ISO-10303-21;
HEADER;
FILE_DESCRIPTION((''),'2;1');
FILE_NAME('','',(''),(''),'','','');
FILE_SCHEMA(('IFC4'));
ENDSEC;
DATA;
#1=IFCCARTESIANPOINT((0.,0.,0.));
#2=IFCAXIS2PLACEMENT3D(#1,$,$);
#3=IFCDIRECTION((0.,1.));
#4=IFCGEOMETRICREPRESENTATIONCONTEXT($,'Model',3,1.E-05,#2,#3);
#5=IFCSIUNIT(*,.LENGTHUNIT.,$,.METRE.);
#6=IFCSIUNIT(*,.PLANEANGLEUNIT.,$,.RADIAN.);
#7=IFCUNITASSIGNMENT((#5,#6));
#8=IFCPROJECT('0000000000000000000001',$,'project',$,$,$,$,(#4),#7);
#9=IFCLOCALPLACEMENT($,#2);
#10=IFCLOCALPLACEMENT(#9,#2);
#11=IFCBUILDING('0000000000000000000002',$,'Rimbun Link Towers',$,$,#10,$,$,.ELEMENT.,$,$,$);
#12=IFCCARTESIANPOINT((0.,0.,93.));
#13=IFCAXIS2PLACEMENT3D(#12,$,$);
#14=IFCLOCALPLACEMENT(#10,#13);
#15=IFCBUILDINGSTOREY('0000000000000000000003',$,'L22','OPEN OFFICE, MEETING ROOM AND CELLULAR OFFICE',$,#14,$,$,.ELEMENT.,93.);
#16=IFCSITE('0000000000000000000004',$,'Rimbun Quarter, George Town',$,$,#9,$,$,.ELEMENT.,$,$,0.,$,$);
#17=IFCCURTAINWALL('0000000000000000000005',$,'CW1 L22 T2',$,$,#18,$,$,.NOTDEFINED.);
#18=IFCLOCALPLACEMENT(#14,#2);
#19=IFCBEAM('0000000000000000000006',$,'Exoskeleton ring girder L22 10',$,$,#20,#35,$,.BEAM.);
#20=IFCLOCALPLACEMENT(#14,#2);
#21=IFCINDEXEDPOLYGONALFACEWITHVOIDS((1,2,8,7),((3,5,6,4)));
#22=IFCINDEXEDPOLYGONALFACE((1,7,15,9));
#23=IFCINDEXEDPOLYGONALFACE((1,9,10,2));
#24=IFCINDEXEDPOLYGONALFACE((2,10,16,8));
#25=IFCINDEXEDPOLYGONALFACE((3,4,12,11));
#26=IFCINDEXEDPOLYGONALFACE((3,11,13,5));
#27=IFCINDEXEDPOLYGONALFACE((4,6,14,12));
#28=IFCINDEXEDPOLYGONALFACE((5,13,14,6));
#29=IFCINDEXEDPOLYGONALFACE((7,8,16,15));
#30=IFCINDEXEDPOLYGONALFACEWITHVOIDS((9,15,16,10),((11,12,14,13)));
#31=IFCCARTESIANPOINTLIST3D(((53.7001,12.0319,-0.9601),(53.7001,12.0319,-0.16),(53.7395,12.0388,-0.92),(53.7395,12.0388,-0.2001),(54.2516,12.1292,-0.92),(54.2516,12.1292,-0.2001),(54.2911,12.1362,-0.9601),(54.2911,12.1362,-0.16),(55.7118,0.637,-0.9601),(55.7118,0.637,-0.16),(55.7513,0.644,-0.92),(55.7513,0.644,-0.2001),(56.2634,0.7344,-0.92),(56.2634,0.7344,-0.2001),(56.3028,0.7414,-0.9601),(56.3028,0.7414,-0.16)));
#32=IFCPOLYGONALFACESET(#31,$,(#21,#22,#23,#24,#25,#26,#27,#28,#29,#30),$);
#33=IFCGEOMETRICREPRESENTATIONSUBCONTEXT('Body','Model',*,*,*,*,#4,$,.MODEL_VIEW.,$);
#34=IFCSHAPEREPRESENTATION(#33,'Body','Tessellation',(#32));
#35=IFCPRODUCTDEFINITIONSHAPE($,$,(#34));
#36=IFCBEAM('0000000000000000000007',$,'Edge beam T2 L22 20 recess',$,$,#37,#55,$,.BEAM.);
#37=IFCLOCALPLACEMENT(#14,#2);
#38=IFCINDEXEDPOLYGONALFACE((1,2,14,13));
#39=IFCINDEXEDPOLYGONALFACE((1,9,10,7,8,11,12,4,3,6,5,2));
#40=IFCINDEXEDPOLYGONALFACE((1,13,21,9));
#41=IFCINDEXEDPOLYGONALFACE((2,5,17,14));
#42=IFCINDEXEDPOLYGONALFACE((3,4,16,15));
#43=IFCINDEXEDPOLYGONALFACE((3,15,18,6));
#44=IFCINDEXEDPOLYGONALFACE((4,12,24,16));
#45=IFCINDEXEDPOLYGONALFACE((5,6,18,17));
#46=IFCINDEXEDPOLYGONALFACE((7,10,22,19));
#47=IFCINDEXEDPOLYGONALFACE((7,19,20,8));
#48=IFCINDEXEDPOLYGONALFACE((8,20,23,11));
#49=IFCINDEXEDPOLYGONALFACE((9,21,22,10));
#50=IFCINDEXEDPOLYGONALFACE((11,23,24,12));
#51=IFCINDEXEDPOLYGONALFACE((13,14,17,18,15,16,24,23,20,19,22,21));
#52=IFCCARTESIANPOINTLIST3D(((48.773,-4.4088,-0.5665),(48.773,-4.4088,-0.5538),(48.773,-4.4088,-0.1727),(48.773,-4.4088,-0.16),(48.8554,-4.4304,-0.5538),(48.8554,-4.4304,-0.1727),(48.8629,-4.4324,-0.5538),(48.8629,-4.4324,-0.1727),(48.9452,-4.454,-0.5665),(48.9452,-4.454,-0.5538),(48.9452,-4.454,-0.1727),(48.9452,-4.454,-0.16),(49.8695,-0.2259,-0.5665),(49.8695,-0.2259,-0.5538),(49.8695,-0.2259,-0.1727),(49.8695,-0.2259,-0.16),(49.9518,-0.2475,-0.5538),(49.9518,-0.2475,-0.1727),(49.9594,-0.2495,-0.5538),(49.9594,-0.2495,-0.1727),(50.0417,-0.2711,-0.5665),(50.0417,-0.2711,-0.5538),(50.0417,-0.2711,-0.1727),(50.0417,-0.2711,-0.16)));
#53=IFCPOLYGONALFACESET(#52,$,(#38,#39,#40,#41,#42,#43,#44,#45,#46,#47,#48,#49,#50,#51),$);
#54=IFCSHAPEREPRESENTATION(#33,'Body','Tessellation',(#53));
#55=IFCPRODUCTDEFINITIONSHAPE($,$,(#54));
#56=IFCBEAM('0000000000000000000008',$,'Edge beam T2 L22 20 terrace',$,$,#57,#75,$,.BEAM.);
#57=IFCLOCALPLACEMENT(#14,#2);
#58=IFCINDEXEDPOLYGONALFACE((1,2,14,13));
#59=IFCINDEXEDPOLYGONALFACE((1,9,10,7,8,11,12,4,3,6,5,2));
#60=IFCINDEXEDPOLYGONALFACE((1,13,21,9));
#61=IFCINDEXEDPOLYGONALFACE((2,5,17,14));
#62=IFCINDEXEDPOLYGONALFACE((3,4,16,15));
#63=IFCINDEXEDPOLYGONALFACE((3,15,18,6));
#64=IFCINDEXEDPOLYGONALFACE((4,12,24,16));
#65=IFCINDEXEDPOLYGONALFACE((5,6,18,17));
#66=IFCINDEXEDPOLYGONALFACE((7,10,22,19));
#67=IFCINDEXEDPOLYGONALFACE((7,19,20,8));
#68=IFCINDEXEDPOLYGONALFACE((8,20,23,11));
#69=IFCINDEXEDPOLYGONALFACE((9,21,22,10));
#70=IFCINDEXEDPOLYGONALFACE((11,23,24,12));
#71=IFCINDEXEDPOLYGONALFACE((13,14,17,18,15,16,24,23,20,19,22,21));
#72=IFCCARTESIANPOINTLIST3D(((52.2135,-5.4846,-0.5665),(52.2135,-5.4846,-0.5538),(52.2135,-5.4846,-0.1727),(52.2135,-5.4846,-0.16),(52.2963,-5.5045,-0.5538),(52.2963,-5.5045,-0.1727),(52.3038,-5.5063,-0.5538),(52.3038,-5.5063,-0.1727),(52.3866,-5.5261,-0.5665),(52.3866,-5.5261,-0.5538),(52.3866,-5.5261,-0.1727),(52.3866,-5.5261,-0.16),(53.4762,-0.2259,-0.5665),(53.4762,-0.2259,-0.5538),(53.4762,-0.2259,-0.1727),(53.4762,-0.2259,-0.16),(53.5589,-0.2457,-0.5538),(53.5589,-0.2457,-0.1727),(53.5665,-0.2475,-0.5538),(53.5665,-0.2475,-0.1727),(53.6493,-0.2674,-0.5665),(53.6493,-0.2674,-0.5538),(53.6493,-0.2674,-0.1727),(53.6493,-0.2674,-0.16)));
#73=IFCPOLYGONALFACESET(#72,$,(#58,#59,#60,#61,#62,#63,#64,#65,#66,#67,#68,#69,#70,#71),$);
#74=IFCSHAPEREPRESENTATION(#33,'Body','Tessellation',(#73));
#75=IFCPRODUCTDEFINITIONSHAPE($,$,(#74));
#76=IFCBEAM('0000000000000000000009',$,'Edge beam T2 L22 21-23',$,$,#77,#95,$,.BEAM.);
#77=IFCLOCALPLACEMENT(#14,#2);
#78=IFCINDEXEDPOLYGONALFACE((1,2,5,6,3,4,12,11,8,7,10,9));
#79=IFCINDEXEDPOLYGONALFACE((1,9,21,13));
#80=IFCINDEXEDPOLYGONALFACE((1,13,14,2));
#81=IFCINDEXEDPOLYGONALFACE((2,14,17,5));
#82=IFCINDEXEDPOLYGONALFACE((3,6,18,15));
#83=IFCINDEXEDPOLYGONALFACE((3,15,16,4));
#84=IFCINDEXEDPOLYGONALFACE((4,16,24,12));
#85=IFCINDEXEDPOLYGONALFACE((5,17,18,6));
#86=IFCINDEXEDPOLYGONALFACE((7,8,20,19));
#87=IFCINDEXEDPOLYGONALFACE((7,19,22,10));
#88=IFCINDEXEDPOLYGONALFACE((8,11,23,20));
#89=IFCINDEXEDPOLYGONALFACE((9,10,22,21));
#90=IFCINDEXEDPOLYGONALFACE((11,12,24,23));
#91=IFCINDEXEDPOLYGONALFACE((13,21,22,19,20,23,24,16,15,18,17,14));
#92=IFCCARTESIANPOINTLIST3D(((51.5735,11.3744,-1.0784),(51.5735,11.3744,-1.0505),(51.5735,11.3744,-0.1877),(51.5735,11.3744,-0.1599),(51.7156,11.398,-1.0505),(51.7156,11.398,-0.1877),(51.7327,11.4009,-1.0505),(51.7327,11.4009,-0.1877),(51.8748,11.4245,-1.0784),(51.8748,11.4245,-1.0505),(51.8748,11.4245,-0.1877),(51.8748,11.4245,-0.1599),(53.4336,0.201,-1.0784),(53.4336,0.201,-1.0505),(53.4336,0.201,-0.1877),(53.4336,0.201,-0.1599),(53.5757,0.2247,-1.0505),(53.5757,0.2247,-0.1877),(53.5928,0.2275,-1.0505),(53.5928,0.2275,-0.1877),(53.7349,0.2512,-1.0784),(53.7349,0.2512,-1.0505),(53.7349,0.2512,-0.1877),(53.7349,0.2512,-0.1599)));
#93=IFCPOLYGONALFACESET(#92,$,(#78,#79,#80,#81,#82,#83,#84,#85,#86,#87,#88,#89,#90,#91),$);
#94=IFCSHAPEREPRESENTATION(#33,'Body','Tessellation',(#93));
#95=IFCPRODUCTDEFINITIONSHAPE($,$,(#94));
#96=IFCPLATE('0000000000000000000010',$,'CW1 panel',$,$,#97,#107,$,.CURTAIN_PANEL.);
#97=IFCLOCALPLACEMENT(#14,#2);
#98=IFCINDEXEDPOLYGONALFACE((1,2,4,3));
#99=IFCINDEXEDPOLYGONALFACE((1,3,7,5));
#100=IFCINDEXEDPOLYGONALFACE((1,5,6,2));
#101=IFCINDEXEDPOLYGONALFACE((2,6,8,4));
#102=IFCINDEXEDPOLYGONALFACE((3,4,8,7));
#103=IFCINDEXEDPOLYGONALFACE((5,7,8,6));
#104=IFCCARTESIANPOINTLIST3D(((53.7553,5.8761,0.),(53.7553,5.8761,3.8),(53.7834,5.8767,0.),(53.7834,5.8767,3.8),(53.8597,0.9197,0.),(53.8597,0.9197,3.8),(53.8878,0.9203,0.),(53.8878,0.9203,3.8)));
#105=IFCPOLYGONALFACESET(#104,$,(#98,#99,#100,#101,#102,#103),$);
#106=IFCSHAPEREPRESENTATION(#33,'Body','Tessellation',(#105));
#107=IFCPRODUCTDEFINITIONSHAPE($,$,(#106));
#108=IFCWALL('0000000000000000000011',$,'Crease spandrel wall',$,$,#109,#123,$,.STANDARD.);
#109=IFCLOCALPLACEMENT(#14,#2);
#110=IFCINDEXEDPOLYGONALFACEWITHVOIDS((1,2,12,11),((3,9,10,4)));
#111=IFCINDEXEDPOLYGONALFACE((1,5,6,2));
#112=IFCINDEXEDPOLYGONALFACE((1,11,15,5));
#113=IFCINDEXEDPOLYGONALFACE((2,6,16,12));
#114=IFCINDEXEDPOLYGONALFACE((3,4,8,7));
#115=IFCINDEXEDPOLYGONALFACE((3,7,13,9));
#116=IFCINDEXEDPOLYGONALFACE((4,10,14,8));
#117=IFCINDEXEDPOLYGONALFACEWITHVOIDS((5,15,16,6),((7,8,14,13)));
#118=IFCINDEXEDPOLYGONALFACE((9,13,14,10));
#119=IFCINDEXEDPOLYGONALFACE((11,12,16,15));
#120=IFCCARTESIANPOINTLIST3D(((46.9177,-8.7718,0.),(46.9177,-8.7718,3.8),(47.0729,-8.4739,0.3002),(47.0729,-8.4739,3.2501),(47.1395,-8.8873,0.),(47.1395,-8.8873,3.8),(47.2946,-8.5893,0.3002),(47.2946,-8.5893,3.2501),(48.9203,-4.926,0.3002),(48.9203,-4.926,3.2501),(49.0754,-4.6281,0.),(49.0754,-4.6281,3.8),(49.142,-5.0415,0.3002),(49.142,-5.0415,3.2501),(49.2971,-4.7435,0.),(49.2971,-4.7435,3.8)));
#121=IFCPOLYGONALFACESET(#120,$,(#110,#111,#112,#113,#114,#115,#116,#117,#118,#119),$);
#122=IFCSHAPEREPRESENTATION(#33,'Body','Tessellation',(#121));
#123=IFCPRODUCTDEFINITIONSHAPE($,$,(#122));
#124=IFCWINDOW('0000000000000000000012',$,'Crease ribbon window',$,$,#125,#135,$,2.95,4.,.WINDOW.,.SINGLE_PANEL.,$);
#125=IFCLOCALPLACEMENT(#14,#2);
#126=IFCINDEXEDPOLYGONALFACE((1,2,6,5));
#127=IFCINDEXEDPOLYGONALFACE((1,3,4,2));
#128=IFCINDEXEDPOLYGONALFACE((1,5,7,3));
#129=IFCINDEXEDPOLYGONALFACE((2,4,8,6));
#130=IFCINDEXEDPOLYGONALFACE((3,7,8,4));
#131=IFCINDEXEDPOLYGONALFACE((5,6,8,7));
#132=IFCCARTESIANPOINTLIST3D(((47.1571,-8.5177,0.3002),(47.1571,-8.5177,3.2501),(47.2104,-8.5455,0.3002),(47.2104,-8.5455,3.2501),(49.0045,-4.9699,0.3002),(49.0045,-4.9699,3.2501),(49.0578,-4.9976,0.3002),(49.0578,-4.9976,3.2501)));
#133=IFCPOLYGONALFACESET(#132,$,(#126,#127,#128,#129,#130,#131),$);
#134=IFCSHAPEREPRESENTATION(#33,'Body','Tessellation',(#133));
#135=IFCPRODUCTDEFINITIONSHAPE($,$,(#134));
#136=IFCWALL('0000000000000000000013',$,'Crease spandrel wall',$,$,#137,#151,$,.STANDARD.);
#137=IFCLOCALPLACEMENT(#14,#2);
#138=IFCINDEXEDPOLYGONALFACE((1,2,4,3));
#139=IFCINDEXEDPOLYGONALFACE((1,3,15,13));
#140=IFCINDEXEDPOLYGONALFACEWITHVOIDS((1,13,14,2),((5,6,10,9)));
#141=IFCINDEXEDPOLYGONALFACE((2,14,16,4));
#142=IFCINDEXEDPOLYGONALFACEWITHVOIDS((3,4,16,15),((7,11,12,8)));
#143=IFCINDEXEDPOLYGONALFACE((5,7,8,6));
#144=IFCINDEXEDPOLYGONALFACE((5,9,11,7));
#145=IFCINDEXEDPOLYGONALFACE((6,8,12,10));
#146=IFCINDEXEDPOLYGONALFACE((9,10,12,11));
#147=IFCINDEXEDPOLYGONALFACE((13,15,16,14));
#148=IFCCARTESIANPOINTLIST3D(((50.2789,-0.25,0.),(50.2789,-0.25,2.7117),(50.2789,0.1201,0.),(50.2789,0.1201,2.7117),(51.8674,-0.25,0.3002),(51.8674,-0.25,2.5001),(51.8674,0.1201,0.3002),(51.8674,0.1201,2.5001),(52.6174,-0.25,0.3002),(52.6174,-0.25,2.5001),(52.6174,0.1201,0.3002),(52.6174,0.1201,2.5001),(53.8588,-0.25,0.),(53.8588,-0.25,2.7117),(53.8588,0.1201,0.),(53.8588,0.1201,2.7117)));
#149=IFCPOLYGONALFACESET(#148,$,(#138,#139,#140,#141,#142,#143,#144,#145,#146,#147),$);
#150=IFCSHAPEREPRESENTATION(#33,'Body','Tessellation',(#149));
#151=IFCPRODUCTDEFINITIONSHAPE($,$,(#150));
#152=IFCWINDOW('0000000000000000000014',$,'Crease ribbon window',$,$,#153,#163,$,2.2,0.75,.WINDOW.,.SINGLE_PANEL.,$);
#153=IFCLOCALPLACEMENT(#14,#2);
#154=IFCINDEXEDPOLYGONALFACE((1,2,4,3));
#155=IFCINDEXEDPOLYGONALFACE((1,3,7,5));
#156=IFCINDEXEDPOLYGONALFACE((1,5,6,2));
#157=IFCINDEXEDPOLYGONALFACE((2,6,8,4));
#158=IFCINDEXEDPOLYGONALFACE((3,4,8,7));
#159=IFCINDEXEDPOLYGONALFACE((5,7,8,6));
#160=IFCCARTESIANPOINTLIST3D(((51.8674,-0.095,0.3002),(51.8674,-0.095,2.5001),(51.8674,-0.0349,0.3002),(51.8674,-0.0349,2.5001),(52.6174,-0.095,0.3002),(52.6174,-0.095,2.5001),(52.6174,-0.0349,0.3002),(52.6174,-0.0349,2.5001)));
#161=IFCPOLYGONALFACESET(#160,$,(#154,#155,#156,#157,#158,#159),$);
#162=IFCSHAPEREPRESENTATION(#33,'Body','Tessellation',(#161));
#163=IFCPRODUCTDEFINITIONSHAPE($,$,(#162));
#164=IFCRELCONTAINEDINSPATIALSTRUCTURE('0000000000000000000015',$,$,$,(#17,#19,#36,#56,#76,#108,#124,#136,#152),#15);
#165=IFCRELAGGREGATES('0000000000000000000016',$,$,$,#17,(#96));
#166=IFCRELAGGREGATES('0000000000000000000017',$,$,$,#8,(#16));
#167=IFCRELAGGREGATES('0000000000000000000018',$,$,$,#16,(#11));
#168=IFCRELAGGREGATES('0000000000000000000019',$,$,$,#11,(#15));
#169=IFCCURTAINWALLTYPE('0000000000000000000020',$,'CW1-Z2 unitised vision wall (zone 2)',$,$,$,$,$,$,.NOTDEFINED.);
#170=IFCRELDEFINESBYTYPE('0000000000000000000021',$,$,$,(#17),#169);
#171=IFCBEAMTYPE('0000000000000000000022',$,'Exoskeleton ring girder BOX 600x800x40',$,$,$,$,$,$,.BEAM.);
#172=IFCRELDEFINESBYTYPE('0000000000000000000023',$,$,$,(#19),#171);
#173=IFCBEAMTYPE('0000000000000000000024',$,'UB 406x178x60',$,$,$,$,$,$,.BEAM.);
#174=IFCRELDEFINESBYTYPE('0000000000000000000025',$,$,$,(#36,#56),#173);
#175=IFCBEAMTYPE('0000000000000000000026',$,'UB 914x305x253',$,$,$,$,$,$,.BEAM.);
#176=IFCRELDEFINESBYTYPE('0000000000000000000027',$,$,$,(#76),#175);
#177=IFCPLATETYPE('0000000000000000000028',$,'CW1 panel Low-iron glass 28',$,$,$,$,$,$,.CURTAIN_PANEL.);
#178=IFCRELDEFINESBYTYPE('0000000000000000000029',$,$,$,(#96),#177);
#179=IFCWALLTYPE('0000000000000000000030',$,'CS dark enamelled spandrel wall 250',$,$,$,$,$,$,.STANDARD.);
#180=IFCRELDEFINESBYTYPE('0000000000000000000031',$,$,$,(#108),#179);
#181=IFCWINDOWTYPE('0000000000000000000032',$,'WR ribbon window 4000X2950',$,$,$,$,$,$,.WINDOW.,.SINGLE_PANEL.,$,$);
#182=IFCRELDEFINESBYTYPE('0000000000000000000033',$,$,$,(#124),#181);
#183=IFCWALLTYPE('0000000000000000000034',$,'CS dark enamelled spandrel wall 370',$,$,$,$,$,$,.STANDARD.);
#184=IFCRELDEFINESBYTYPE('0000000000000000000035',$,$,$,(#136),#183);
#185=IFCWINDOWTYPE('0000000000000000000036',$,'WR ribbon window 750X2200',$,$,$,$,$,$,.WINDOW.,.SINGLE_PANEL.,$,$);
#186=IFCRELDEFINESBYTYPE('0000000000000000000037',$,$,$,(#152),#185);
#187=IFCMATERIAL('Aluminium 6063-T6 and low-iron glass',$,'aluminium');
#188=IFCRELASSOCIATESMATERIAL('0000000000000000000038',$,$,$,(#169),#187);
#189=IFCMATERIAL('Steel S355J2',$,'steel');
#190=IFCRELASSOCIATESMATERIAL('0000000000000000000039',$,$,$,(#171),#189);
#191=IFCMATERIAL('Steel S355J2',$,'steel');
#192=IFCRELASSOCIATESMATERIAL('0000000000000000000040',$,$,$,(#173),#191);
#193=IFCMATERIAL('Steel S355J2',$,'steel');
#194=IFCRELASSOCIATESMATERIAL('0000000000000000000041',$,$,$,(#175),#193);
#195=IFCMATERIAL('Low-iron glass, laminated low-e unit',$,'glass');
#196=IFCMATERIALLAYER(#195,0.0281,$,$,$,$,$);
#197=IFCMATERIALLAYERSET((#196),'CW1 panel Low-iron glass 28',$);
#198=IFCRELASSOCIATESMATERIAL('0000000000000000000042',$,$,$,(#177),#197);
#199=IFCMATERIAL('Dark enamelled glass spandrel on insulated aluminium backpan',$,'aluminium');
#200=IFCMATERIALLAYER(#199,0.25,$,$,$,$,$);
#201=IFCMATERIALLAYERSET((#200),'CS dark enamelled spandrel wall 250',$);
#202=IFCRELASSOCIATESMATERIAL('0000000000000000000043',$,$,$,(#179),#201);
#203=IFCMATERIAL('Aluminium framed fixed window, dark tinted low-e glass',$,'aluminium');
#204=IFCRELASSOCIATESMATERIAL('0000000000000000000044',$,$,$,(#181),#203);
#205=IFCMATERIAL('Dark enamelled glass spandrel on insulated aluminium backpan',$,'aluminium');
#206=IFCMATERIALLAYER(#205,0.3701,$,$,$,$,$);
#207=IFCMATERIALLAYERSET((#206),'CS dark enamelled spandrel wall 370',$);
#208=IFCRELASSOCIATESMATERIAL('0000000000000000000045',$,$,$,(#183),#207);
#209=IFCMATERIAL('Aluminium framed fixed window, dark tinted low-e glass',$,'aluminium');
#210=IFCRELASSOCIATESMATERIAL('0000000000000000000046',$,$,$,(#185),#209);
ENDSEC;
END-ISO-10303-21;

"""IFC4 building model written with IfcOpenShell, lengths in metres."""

from ifc_helpers import new_model, si_unit, direction, frame, frame_2d, origin, origin_2d, place, context, subcontext, project, spatial, rectangle, hollow_rectangle, i_section, extrude, material, layer, layer_set, material_profile, profile_set, type_object, element, fill, aggregate, save


model = new_model("IFC4")

# Units and contexts
model_context = context("Model", 3, precision=1e-05, world=origin(), true_north=direction((0.0, 1.0)))
body_context = subcontext(model_context, "Body", "Model", "MODEL_VIEW")
ifc_project = project(units=[si_unit("LENGTHUNIT", "METRE"), si_unit("PLANEANGLEUNIT", "RADIAN")], contexts=[model_context])

# Site, building, storey
site_placement = place(None, origin())
site = spatial("IfcSite", under=ifc_project, at=site_placement, Name="Rimbun Quarter, George Town", CompositionType="ELEMENT", RefElevation=0.0)
building_placement = place(site_placement, origin())
building = spatial("IfcBuilding", under=site, at=building_placement, Name="Rimbun Link Towers", CompositionType="ELEMENT")
storey_placement = place(building_placement, frame((0.0, 0.0, 93.0)))
storey = spatial("IfcBuildingStorey", under=building, at=storey_placement, Name="L22", Description="OPEN OFFICE, MEETING ROOM AND CELLULAR OFFICE", CompositionType="ELEMENT", Elevation=93.0)

# Curtain wall
ifc_material_1 = material(Name="Aluminium 6063-T6 and low-iron glass", Category="aluminium")
curtain_wall_type = type_object("IfcCurtainWallType", Name="CW1-Z2 unitised vision wall (zone 2)", PredefinedType="NOTDEFINED", material=ifc_material_1)
curtain_wall_placement = place(storey_placement, origin())
curtain_wall = element("IfcCurtainWall", 1, at=curtain_wall_placement, inside=storey, type_object=curtain_wall_type, Name="CW1 L22 T2", PredefinedType="NOTDEFINED")

# Beams
ifc_material_2 = material(Name="Steel S355J2", Category="steel")
ifc_material_profile_1 = material_profile(ifc_material_2, hollow_rectangle(XDim=0.6001, YDim=0.8, WallThickness=0.04, at=origin_2d()), Name="Exoskeleton ring girder BOX 600x800x40")
ifc_profile_set_1 = profile_set([ifc_material_profile_1], Name="Steel S355J2")
beam_type_1 = type_object("IfcBeamType", Name="Exoskeleton ring girder BOX 600x800x40", PredefinedType="BEAM", material=ifc_profile_set_1)
beam_1_placement = place(storey_placement, frame((56.0073, 0.6892, -0.5601), z_axis=(-0.173859, 0.984771, 0.0), x_axis=(-0.984771, -0.173859, 0.0)))
element("IfcBeam", 2, at=beam_1_placement, inside=storey, type_object=beam_type_1, Name="Exoskeleton ring girder L22 10", PredefinedType="BEAM", context=body_context, shape_type="SweptSolid", body=[
    extrude(hollow_rectangle(XDim=0.6001, YDim=0.8, WallThickness=0.04, at=origin_2d()), origin(), (0.0, 0.0, 1.0), 11.571),
])
ifc_material_3 = material(Name="Steel S355J2", Category="steel")
ifc_material_profile_2 = material_profile(ifc_material_3, i_section(OverallWidth=0.178, OverallDepth=0.4065, WebThickness=0.0078, FlangeThickness=0.0127, at=origin_2d()), Name="UB 406x178x60")
ifc_profile_set_2 = profile_set([ifc_material_profile_2], Name="Steel S355J2")
beam_type_2 = type_object("IfcBeamType", Name="UB 406x178x60", PredefinedType="BEAM", material=ifc_profile_set_2)
beam_2_placement = place(storey_placement, frame((48.8591, -4.4314, -0.3633), z_axis=(0.253559, 0.96732, 0.0), x_axis=(-0.96732, 0.253559, 0.0)))
element("IfcBeam", 3, at=beam_2_placement, inside=storey, type_object=beam_type_2, Name="Edge beam T2 L22 20 recess", PredefinedType="BEAM", context=body_context, shape_type="SweptSolid", body=[
    extrude(i_section(OverallWidth=0.178, OverallDepth=0.4065, WebThickness=0.0078, FlangeThickness=0.0127, at=origin_2d()), origin(), (0.0, 0.0, 1.0), 4.3242),
])
beam_3_placement = place(storey_placement, frame((52.3, -5.5054, -0.3633), z_axis=(0.233475, 0.972363, 0.0), x_axis=(-0.972363, 0.233475, 0.0)))
element("IfcBeam", 4, at=beam_3_placement, inside=storey, type_object=beam_type_2, Name="Edge beam T2 L22 20 terrace", PredefinedType="BEAM", context=body_context, shape_type="SweptSolid", body=[
    extrude(i_section(OverallWidth=0.178, OverallDepth=0.4065, WebThickness=0.0078, FlangeThickness=0.0127, at=origin_2d()), origin(), (0.0, 0.0, 1.0), 5.4082),
])
ifc_material_4 = material(Name="Steel S355J2", Category="steel")
ifc_material_profile_3 = material_profile(ifc_material_4, i_section(OverallWidth=0.3054, OverallDepth=0.9185, WebThickness=0.0173, FlangeThickness=0.0278, at=origin_2d()), Name="UB 914x305x253")
ifc_profile_set_3 = profile_set([ifc_material_profile_3], Name="Steel S355J2")
beam_type_3 = type_object("IfcBeamType", Name="UB 914x305x253", PredefinedType="BEAM", material=ifc_profile_set_3)
beam_4_placement = place(storey_placement, frame((53.5842, 0.2261, -0.6191), z_axis=(-0.164217, 0.986424, 0.0), x_axis=(-0.986424, -0.164217, 0.0)))
element("IfcBeam", 5, at=beam_4_placement, inside=storey, type_object=beam_type_3, Name="Edge beam T2 L22 21-23", PredefinedType="BEAM", context=body_context, shape_type="SweptSolid", body=[
    extrude(i_section(OverallWidth=0.3054, OverallDepth=0.9185, WebThickness=0.0173, FlangeThickness=0.0278, at=origin_2d()), origin(), (0.0, 0.0, 1.0), 11.3271),
])

# Plate
ifc_material_5 = material(Name="Low-iron glass, laminated low-e unit", Category="glass")
ifc_layer_1 = layer(ifc_material_5, 0.0281)
ifc_layer_set_1 = layer_set([ifc_layer_1], Name="CW1 panel Low-iron glass 28")
plate_type = type_object("IfcPlateType", Name="CW1 panel Low-iron glass 28", PredefinedType="CURTAIN_PANEL", material=ifc_layer_set_1)
plate_placement = place(storey_placement, frame((53.8215, 3.3982, 0.0), z_axis=(0.0, 0.0, 1.0), x_axis=(0.02106, -0.999778, 0.0)))
plate = element("IfcPlate", 6, at=plate_placement, type_object=plate_type, Name="CW1 panel", PredefinedType="CURTAIN_PANEL", context=body_context, shape_type="SweptSolid", body=[
    extrude(rectangle(XDim=4.9575, YDim=0.0281, at=origin_2d()), origin(), (0.0, 0.0, 1.0), 3.8),
])
aggregate(curtain_wall, [plate])

# Wall, opening, window
ifc_material_6 = material(Name="Dark enamelled glass spandrel on insulated aluminium backpan", Category="aluminium")
ifc_layer_2 = layer(ifc_material_6, 0.25)
ifc_layer_set_2 = layer_set([ifc_layer_2], Name="CS dark enamelled spandrel wall 250")
wall_type_1 = type_object("IfcWallType", Name="CS dark enamelled spandrel wall 250", PredefinedType="STANDARD", material=ifc_layer_set_2)
wall_1_placement = place(storey_placement, frame((49.1863, -4.6858, 0.0), z_axis=(0.0, 0.0, 1.0), x_axis=(-0.461848, -0.886959, 0.0)))
wall_1 = element("IfcWall", 7, at=wall_1_placement, inside=storey, type_object=wall_type_1, Name="Crease spandrel wall", PredefinedType="STANDARD", context=body_context, shape_type="SweptSolid", body=[
    extrude(rectangle(XDim=4.6719, YDim=0.25, at=frame_2d((2.3359, 0.0))), origin(), (0.0, 0.0, 1.0), 3.8),
])
opening_1_placement = place(wall_1_placement, frame((0.3359, 0.0, 0.3)))
opening_1 = element("IfcOpeningElement", 8, at=opening_1_placement, cuts=wall_1, PredefinedType="OPENING", context=body_context, shape_type="SweptSolid", body=[
    extrude(rectangle(XDim=4.0, YDim=2.95, at=frame_2d((2.0, 1.4751))), frame((0.0, 0.135, 0.0), z_axis=(0.0, -1.0, 0.0), x_axis=(1.0, 0.0, 0.0)), (0.0, 0.0, 1.0), 0.27),
])
ifc_material_7 = material(Name="Aluminium framed fixed window, dark tinted low-e glass", Category="aluminium")
window_type_1 = type_object("IfcWindowType", Name="WR ribbon window 4000X2950", PartitioningType="SINGLE_PANEL", PredefinedType="WINDOW", material=ifc_material_7)
window_1_placement = place(opening_1_placement, origin())
window_1 = element("IfcWindow", 9, at=window_1_placement, inside=storey, type_object=window_type_1, Name="Crease ribbon window", OverallHeight=2.95, OverallWidth=4.0, PartitioningType="SINGLE_PANEL", PredefinedType="WINDOW", context=body_context, shape_type="SweptSolid", body=[
    extrude(rectangle(XDim=4.0, YDim=2.95, at=frame_2d((2.0, 1.4751))), frame((0.0, 0.03, 0.0), z_axis=(0.0, -1.0, 0.0), x_axis=(1.0, 0.0, 0.0)), (0.0, 0.0, 1.0), 0.0601),
])
fill(opening_1, window_1)

# Wall, opening, window
ifc_material_8 = material(Name="Dark enamelled glass spandrel on insulated aluminium backpan", Category="aluminium")
ifc_layer_3 = layer(ifc_material_8, 0.3701)
ifc_layer_set_3 = layer_set([ifc_layer_3], Name="CS dark enamelled spandrel wall 370")
wall_type_2 = type_object("IfcWallType", Name="CS dark enamelled spandrel wall 370", PredefinedType="STANDARD", material=ifc_layer_set_3)
wall_2_placement = place(storey_placement, frame((53.8589, -0.0649, 0.0), z_axis=(0.0, 0.0, 1.0), x_axis=(-1.0, 0.0, 0.0)))
wall_2 = element("IfcWall", 10, at=wall_2_placement, inside=storey, type_object=wall_type_2, Name="Crease spandrel wall", PredefinedType="STANDARD", context=body_context, shape_type="SweptSolid", body=[
    extrude(rectangle(XDim=3.5798, YDim=0.3701, at=frame_2d((1.79, 0.0))), origin(), (0.0, 0.0, 1.0), 2.7117),
])
opening_2_placement = place(wall_2_placement, frame((1.2415, 0.0, 0.3)))
opening_2 = element("IfcOpeningElement", 11, at=opening_2_placement, cuts=wall_2, PredefinedType="OPENING", context=body_context, shape_type="SweptSolid", body=[
    extrude(rectangle(XDim=0.75, YDim=2.2, at=frame_2d((0.375, 1.1001))), frame((0.0, 0.1951, 0.0), z_axis=(0.0, -1.0, 0.0), x_axis=(1.0, 0.0, 0.0)), (0.0, 0.0, 1.0), 0.3901),
])
ifc_material_9 = material(Name="Aluminium framed fixed window, dark tinted low-e glass", Category="aluminium")
window_type_2 = type_object("IfcWindowType", Name="WR ribbon window 750X2200", PartitioningType="SINGLE_PANEL", PredefinedType="WINDOW", material=ifc_material_9)
window_2_placement = place(opening_2_placement, origin())
window_2 = element("IfcWindow", 12, at=window_2_placement, inside=storey, type_object=window_type_2, Name="Crease ribbon window", OverallHeight=2.2, OverallWidth=0.75, PartitioningType="SINGLE_PANEL", PredefinedType="WINDOW", context=body_context, shape_type="SweptSolid", body=[
    extrude(rectangle(XDim=0.75, YDim=2.2, at=frame_2d((0.375, 1.1001))), frame((0.0, 0.03, 0.0), z_axis=(0.0, -1.0, 0.0), x_axis=(1.0, 0.0, 0.0)), (0.0, 0.0, 1.0), 0.0601),
])
fill(opening_2, window_2)

save(model, "model.ifc")
